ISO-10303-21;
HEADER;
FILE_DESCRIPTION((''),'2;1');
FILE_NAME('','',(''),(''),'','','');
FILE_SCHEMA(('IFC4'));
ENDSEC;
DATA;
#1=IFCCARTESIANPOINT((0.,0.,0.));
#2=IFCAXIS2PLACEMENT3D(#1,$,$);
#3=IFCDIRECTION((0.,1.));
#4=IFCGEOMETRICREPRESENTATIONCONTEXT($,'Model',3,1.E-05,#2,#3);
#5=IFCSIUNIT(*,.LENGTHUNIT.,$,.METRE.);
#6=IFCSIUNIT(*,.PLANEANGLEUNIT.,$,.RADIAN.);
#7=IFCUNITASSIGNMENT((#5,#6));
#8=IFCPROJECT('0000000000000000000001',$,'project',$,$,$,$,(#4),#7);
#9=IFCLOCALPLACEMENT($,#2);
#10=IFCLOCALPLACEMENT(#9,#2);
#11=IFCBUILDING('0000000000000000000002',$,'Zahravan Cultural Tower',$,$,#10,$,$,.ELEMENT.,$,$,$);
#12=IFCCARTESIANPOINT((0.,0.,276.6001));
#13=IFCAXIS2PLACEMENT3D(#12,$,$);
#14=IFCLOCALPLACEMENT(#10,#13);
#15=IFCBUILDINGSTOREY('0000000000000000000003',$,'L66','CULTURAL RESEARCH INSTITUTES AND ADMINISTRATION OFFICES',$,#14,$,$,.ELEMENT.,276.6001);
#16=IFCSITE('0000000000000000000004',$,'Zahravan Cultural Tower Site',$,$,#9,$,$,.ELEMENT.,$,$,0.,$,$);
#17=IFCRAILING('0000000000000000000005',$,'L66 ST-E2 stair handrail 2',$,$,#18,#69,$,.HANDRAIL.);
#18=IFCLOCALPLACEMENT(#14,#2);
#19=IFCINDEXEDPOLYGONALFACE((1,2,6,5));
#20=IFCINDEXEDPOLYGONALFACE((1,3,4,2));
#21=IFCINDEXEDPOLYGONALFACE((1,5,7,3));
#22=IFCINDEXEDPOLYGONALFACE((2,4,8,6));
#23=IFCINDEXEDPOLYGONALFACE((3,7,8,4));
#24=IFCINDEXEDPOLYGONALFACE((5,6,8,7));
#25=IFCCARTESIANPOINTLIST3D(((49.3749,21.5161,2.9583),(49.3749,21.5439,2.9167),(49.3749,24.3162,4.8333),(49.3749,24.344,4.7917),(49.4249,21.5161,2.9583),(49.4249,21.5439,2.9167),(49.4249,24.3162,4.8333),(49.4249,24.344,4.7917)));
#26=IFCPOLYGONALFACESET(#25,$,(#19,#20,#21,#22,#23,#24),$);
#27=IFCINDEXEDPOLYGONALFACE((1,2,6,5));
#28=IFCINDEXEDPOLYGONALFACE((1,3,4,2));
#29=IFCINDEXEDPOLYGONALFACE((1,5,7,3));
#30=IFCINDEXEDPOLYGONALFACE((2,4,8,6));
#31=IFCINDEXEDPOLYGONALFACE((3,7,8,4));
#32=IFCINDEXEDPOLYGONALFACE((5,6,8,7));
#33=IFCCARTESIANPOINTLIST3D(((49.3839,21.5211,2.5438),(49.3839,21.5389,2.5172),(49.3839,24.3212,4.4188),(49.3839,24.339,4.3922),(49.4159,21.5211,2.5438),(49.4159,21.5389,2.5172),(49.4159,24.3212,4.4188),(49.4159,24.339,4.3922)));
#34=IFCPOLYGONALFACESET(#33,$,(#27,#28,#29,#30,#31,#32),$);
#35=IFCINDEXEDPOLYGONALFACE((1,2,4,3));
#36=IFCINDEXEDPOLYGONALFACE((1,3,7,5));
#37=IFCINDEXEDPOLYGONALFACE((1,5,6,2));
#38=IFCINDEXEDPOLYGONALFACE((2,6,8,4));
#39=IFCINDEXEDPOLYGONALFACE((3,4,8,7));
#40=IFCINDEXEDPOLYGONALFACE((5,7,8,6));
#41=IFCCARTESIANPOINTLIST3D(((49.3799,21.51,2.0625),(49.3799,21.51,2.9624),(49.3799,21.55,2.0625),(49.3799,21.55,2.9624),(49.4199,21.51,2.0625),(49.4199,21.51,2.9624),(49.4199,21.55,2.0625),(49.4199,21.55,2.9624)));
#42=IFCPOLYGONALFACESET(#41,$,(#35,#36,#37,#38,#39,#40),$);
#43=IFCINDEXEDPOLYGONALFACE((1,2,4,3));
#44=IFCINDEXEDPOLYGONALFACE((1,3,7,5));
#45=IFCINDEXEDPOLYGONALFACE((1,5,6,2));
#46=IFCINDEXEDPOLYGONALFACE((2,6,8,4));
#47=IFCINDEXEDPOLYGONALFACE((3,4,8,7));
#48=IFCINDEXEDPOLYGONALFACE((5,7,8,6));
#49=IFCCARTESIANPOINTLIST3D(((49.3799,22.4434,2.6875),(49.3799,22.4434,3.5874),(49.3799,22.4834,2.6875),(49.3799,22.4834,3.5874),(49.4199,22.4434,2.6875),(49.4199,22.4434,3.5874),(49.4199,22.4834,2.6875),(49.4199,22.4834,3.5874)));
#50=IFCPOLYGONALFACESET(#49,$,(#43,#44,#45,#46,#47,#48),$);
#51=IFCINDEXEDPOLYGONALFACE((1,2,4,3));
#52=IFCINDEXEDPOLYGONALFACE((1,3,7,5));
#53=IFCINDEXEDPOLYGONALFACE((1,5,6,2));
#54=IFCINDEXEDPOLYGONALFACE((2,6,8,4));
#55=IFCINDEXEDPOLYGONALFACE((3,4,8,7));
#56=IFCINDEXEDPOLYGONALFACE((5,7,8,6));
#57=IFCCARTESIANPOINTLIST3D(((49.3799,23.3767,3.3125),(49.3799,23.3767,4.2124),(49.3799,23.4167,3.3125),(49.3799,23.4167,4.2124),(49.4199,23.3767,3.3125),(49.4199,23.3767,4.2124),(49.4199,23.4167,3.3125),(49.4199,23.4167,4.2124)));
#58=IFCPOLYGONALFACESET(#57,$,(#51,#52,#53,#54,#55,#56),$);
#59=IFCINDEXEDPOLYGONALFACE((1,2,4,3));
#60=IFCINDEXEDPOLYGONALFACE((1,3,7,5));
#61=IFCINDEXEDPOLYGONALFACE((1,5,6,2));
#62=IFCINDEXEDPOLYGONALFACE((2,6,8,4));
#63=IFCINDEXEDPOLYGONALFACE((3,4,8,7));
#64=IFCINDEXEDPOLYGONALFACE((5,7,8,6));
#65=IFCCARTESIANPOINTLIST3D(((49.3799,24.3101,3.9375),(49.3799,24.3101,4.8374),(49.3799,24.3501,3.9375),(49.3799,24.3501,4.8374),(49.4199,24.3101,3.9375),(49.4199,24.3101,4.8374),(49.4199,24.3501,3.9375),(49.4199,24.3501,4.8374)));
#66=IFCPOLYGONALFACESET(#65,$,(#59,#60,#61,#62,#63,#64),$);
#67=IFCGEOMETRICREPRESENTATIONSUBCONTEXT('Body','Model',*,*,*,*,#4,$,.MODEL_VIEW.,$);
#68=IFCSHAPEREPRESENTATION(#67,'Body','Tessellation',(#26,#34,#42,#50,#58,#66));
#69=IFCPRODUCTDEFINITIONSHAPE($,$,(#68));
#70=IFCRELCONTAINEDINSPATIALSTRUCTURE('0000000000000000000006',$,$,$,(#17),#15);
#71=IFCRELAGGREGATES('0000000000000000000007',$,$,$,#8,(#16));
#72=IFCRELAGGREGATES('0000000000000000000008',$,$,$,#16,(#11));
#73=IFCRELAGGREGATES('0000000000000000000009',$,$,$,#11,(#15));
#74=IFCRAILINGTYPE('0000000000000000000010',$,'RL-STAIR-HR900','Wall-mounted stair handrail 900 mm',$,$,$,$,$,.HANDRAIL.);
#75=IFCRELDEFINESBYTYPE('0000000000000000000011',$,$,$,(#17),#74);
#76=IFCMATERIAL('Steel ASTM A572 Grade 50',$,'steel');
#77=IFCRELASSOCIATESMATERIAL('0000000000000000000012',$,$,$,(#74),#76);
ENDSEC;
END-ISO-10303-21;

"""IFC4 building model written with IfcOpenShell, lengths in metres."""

from ifc_helpers import new_model, si_unit, direction, frame, origin, origin_2d, place, context, subcontext, project, spatial, rectangle, extrude, material, type_object, element, save


model = new_model("IFC4")

# Units and contexts
model_context = context("Model", 3, precision=1e-05, world=origin(), true_north=direction((0.0, 1.0)))
body_context = subcontext(model_context, "Body", "Model", "MODEL_VIEW")
ifc_project = project(units=[si_unit("LENGTHUNIT", "METRE"), si_unit("PLANEANGLEUNIT", "RADIAN")], contexts=[model_context])

# Site, building, storey
site_placement = place(None, origin())
site = spatial("IfcSite", under=ifc_project, at=site_placement, Name="Zahravan Cultural Tower Site", CompositionType="ELEMENT", RefElevation=0.0)
building_placement = place(site_placement, origin())
building = spatial("IfcBuilding", under=site, at=building_placement, Name="Zahravan Cultural Tower", CompositionType="ELEMENT")
storey_placement = place(building_placement, frame((0.0, 0.0, 276.6001)))
storey = spatial("IfcBuildingStorey", under=building, at=storey_placement, Name="L66", Description="CULTURAL RESEARCH INSTITUTES AND ADMINISTRATION OFFICES", CompositionType="ELEMENT", Elevation=276.6001)

# Shared definitions
ifc_material_1 = material(Name="Steel ASTM A572 Grade 50", Category="steel")

# Railing
railing_type_1 = type_object("IfcRailingType", Name="RL-STAIR-HR900", Description="Wall-mounted stair handrail 900 mm", PredefinedType="HANDRAIL", material=ifc_material_1)
railing_1_placement = place(storey_placement, frame((49.3999, 21.53, 2.0625)))
element("IfcRailing", 1, at=railing_1_placement, inside=storey, type_object=railing_type_1, Name="L66 ST-E2 stair handrail 2", PredefinedType="HANDRAIL", context=body_context, shape_type="SweptSolid", body=[
    extrude(rectangle(XDim=0.05, YDim=0.05, at=origin_2d()), frame((0.0, 0.0, 0.875), z_axis=(0.0, 0.830912, 0.556404), x_axis=(-1.0, 0.0, 0.0)), (0.0, 0.0, 1.0), 3.3699),
    extrude(rectangle(XDim=0.032, YDim=0.032, at=origin_2d()), frame((0.0, 0.0, 0.468), z_axis=(0.0, 0.830912, 0.556404), x_axis=(-1.0, 0.0, 0.0)), (0.0, 0.0, 1.0), 3.3699),
    extrude(rectangle(XDim=0.04, YDim=0.04, at=origin_2d()), origin(), (0.0, 0.0, 1.0), 0.8999),
    extrude(rectangle(XDim=0.04, YDim=0.04, at=origin_2d()), frame((0.0, 0.9333, 0.625)), (0.0, 0.0, 1.0), 0.8999),
    extrude(rectangle(XDim=0.04, YDim=0.04, at=origin_2d()), frame((0.0, 1.8667, 1.25)), (0.0, 0.0, 1.0), 0.8999),
    extrude(rectangle(XDim=0.04, YDim=0.04, at=origin_2d()), frame((0.0, 2.8, 1.875)), (0.0, 0.0, 1.0), 0.8999),
])

save(model, "model.ifc")
